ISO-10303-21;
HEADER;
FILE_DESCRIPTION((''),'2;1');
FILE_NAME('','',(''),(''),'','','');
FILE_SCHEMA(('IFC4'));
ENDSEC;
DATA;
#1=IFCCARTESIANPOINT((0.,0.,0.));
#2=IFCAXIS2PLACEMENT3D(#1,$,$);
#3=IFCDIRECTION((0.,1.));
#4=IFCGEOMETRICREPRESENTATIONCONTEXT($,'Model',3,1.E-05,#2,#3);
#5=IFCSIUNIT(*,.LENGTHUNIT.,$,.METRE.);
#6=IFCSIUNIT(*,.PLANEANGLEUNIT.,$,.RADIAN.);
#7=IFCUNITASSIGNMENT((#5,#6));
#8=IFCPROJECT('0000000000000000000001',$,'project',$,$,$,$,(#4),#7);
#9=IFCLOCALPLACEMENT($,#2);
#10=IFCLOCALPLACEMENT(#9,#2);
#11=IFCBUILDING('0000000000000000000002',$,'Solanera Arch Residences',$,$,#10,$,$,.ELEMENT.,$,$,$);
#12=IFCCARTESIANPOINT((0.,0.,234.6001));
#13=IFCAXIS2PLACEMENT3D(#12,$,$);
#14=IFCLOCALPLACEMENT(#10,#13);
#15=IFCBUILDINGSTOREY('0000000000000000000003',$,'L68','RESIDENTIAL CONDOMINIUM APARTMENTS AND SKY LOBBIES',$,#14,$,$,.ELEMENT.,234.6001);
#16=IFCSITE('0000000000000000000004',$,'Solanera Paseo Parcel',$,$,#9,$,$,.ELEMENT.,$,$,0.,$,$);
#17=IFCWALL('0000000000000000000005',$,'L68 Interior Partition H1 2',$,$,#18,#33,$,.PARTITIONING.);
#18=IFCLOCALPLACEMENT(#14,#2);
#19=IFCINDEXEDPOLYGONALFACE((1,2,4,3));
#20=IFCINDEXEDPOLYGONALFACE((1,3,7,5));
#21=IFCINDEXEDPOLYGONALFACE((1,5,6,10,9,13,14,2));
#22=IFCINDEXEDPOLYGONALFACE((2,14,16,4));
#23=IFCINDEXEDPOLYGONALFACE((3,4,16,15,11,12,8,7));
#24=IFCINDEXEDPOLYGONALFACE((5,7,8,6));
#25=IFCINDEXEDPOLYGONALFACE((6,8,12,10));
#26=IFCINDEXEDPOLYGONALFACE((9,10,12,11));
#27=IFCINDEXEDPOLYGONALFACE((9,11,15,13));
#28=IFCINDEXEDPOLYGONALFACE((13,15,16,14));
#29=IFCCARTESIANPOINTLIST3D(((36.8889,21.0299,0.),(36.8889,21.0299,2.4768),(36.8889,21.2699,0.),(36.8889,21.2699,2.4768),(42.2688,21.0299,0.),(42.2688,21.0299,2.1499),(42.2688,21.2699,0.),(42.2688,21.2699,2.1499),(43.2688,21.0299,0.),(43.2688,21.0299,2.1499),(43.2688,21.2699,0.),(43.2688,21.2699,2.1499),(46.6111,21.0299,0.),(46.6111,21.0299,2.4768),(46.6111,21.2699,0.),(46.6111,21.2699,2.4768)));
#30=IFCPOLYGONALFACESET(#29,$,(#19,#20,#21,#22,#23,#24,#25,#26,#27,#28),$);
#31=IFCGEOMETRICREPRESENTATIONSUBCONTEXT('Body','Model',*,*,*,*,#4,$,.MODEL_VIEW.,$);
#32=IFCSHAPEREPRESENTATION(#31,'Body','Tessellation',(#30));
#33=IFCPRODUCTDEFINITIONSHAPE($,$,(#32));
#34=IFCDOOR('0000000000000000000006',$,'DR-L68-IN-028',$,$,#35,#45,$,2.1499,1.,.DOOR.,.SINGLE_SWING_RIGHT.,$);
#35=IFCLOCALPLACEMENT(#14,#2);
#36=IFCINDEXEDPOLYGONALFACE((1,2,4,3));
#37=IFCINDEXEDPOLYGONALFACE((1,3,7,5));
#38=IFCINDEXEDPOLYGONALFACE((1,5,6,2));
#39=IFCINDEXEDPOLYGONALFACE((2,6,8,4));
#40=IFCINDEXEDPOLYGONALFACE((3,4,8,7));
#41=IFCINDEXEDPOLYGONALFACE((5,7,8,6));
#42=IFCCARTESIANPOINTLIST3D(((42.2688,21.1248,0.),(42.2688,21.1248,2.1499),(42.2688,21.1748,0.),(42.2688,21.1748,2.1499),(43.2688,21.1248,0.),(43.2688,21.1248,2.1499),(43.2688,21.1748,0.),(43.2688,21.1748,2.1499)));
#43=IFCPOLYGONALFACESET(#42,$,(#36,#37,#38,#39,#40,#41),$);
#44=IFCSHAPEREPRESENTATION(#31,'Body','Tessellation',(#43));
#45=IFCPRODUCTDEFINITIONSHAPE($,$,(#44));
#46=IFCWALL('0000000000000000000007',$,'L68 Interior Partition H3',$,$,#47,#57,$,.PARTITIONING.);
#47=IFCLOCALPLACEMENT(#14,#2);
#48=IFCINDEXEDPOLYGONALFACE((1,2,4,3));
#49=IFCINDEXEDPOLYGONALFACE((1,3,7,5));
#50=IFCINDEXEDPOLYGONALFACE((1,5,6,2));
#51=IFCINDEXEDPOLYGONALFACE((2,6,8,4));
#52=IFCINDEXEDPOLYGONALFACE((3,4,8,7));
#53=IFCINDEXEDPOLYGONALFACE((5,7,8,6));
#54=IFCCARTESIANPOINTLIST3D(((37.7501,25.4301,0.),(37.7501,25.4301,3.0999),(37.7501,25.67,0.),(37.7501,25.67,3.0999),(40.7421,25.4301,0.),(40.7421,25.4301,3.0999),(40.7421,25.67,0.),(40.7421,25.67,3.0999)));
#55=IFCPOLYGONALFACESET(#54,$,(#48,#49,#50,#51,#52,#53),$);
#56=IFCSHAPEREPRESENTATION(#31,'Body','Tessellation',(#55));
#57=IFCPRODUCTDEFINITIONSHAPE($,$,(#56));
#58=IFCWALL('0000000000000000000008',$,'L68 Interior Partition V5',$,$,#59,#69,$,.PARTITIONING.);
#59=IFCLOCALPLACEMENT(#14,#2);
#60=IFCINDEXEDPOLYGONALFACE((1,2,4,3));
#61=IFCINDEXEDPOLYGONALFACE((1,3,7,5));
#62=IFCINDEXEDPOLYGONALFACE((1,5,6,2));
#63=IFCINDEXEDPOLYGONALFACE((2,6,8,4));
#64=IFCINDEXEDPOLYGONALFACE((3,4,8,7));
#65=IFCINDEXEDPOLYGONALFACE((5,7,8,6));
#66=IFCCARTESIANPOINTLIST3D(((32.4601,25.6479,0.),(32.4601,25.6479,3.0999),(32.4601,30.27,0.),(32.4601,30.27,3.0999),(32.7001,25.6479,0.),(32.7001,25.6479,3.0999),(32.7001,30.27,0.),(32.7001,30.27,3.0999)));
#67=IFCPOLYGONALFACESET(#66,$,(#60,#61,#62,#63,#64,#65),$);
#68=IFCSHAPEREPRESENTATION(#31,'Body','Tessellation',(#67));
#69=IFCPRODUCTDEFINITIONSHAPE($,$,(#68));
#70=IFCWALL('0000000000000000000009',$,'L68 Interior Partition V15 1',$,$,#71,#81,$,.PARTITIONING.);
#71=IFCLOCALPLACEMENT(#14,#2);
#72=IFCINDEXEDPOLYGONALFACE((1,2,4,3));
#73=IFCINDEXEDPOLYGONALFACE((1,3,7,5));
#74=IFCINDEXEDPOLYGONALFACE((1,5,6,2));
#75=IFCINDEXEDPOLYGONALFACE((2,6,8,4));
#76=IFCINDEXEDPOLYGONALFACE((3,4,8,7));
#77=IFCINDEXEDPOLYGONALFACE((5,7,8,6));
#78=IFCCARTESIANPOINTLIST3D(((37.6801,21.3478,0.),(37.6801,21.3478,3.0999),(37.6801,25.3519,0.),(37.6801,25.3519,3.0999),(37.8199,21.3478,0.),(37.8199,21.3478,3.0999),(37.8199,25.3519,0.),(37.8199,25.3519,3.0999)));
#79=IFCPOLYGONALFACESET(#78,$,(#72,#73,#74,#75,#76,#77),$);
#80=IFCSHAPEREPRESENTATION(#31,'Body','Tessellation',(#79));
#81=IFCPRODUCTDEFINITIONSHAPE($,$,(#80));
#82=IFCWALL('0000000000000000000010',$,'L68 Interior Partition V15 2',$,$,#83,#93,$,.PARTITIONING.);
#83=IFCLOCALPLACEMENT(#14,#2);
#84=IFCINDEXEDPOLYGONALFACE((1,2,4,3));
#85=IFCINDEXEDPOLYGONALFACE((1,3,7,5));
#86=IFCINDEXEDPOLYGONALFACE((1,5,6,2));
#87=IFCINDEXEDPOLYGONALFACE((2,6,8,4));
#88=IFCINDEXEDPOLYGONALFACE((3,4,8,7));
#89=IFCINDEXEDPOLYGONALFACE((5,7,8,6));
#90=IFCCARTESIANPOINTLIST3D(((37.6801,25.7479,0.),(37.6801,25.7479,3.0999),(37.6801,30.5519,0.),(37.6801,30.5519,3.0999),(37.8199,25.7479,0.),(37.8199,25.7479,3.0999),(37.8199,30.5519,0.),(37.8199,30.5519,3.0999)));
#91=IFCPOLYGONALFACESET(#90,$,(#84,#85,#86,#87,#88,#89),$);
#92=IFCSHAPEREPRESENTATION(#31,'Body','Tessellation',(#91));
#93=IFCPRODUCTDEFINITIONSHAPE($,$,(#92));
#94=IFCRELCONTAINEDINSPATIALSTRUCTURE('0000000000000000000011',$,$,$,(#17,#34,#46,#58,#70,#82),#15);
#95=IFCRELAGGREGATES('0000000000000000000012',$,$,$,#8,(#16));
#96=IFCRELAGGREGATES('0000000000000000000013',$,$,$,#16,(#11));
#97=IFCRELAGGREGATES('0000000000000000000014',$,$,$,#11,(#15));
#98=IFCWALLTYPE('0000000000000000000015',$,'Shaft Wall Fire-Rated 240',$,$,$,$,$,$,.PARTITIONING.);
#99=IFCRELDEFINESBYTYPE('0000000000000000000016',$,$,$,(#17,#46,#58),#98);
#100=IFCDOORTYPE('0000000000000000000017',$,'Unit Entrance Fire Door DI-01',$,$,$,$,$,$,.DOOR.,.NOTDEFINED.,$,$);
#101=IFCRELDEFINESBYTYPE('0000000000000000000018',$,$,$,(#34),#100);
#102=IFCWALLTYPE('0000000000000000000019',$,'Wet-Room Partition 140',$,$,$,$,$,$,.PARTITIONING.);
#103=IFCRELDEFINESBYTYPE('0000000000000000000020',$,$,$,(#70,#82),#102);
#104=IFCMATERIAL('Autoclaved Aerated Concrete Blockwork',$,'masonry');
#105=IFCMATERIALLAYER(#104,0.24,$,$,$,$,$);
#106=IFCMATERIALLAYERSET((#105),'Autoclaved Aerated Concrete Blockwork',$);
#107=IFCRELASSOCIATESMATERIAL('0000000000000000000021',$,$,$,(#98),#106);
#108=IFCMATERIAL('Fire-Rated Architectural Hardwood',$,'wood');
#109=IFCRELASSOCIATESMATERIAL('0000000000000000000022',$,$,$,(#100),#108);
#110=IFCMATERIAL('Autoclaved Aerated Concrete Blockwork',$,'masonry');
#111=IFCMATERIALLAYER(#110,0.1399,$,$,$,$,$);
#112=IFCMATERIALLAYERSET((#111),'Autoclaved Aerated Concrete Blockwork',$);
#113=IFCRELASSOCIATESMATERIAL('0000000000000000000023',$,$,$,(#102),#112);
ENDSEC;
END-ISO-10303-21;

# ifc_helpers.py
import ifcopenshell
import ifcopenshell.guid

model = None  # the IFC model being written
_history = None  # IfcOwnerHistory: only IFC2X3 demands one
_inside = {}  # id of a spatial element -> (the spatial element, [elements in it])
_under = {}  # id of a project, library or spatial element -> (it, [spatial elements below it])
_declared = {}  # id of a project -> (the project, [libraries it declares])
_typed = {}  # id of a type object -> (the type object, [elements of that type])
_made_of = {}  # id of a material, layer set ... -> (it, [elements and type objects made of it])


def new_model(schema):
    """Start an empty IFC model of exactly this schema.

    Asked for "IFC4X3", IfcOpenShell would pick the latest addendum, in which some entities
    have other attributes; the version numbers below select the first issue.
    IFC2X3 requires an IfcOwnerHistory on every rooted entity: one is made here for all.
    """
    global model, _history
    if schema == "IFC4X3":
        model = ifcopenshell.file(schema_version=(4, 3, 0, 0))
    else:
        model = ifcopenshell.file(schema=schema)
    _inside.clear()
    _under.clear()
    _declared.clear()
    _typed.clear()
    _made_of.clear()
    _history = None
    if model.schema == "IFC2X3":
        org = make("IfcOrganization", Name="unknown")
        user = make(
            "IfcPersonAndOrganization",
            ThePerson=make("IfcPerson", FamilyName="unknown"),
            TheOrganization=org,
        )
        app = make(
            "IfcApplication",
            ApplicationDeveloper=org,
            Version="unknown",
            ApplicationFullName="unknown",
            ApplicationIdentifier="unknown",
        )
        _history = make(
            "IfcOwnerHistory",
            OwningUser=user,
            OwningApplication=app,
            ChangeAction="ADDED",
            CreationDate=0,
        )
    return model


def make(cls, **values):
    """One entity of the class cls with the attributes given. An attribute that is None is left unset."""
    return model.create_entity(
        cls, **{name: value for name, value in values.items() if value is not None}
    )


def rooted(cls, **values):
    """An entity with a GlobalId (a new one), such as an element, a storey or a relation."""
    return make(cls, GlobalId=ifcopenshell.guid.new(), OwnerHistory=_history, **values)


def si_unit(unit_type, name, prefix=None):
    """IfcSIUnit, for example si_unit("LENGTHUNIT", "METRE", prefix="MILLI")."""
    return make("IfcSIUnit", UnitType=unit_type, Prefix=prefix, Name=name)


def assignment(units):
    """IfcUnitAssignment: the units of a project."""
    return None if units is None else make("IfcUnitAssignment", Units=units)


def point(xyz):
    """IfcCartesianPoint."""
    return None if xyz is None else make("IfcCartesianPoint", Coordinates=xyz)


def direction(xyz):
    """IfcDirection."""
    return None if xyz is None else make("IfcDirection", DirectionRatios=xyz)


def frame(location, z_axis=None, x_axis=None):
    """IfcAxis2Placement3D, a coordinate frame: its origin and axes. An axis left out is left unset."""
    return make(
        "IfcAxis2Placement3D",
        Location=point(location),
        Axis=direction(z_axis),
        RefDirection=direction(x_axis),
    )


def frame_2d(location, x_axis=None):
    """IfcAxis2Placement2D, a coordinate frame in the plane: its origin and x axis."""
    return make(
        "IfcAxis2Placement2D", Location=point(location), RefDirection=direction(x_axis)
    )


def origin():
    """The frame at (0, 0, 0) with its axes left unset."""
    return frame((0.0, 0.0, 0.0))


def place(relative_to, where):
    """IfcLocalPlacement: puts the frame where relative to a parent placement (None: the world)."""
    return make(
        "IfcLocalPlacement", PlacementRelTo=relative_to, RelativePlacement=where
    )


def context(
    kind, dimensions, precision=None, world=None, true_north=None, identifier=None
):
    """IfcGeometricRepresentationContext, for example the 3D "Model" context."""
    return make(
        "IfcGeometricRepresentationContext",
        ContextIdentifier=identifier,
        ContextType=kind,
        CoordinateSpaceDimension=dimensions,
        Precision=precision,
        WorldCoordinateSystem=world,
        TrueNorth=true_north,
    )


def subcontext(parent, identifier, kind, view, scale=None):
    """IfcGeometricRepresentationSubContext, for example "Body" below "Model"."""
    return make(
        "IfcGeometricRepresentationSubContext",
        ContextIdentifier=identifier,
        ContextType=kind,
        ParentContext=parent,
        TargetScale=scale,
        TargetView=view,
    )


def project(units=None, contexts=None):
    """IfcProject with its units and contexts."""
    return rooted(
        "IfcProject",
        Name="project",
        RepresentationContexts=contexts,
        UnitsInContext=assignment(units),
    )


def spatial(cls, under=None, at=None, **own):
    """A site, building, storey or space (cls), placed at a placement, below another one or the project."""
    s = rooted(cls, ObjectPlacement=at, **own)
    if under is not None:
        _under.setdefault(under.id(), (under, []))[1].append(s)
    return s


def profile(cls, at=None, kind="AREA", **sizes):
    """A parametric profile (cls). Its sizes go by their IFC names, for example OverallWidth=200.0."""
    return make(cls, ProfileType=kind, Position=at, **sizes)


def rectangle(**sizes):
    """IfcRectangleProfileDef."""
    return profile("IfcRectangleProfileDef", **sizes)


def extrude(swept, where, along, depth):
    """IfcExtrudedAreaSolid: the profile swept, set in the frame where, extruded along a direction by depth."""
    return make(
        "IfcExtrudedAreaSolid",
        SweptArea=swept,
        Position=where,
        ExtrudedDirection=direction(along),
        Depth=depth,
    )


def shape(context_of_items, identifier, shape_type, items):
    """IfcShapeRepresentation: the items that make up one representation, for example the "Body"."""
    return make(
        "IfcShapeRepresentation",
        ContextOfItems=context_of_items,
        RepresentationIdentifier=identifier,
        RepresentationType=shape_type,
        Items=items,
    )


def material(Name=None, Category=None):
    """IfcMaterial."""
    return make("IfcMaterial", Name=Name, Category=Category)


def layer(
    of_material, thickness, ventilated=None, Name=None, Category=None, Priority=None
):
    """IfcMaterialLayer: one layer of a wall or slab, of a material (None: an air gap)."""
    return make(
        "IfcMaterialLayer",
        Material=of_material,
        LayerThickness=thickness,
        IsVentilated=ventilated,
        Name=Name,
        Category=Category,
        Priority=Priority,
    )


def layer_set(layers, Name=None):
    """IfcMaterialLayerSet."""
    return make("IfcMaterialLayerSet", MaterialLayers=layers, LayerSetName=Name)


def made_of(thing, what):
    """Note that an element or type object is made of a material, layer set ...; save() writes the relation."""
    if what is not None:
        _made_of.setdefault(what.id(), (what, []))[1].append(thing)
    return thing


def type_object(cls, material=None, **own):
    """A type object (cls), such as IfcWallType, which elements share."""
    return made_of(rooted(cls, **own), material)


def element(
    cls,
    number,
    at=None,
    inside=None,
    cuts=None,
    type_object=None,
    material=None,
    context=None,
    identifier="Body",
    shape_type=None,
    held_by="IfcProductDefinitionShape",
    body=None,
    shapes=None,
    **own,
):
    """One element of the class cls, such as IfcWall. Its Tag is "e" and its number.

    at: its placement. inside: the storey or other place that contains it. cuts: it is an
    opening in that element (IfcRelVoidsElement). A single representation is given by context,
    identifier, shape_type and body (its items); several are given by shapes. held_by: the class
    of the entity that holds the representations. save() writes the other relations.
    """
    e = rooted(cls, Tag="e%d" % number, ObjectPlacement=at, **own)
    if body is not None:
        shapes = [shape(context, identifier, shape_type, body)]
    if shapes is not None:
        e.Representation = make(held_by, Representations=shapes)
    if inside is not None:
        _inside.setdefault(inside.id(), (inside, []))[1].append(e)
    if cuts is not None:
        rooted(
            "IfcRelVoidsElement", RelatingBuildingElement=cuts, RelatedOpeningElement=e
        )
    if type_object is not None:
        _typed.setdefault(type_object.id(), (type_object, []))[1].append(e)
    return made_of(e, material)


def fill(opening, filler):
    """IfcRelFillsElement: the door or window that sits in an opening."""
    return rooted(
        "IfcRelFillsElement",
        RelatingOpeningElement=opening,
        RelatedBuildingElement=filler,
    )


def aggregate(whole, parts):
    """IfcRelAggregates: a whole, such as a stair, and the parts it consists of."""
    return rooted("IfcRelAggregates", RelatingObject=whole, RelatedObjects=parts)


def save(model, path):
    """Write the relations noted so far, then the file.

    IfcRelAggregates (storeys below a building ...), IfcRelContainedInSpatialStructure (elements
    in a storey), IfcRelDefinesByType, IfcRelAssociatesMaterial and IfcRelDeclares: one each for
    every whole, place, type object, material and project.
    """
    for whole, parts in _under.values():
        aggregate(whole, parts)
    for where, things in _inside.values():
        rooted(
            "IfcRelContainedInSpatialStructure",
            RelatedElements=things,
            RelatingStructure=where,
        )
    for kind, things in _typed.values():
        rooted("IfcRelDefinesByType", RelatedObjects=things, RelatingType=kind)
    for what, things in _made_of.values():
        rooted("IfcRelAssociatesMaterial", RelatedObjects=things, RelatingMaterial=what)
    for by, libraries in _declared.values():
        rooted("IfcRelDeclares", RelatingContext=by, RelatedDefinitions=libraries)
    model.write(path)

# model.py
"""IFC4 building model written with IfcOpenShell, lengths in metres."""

from ifc_helpers import new_model, si_unit, direction, frame, frame_2d, origin, place, context, subcontext, project, spatial, rectangle, extrude, material, layer, layer_set, type_object, element, fill, save


model = new_model("IFC4")

# Units and contexts
model_context = context("Model", 3, precision=1e-05, world=origin(), true_north=direction((0.0, 1.0)))
body_context = subcontext(model_context, "Body", "Model", "MODEL_VIEW")
ifc_project = project(units=[si_unit("LENGTHUNIT", "METRE"), si_unit("PLANEANGLEUNIT", "RADIAN")], contexts=[model_context])

# Site, building, storey
site_placement = place(None, origin())
site = spatial("IfcSite", under=ifc_project, at=site_placement, Name="Solanera Paseo Parcel", CompositionType="ELEMENT", RefElevation=0.0)
building_placement = place(site_placement, origin())
building = spatial("IfcBuilding", under=site, at=building_placement, Name="Solanera Arch Residences", CompositionType="ELEMENT")
storey_placement = place(building_placement, frame((0.0, 0.0, 234.6001)))
storey = spatial("IfcBuildingStorey", under=building, at=storey_placement, Name="L68", Description="RESIDENTIAL CONDOMINIUM APARTMENTS AND SKY LOBBIES", CompositionType="ELEMENT", Elevation=234.6001)

# Shared definitions
ifc_material_1 = material(Name="Autoclaved Aerated Concrete Blockwork", Category="masonry")
ifc_layer_1 = layer(ifc_material_1, 0.24)
ifc_layer_set_1 = layer_set([ifc_layer_1], Name="Autoclaved Aerated Concrete Blockwork")
wall_type_1 = type_object("IfcWallType", Name="Shaft Wall Fire-Rated 240", PredefinedType="PARTITIONING", material=ifc_layer_set_1)

# Wall, opening, door
wall_1_placement = place(storey_placement, frame((36.8889, 21.1499, 0.0), z_axis=(0.0, 0.0, 1.0), x_axis=(1.0, 0.0, 0.0)))
wall_1 = element("IfcWall", 1, at=wall_1_placement, inside=storey, type_object=wall_type_1, Name="L68 Interior Partition H1 2", PredefinedType="PARTITIONING", context=body_context, shape_type="SweptSolid", body=[
    extrude(rectangle(XDim=9.7222, YDim=0.24, at=frame_2d((4.8611, 0.0))), origin(), (0.0, 0.0, 1.0), 2.4768),
])
opening_1_placement = place(wall_1_placement, frame((5.3799, 0.0, 0.0)))
opening_1 = element("IfcOpeningElement", 2, at=opening_1_placement, cuts=wall_1, PredefinedType="OPENING", context=body_context, shape_type="SweptSolid", body=[
    extrude(rectangle(XDim=1.0, YDim=2.1499, at=frame_2d((0.5, 1.075))), frame((0.0, 0.1299, 0.0), z_axis=(0.0, -1.0, 0.0), x_axis=(1.0, 0.0, 0.0)), (0.0, 0.0, 1.0), 0.26),
])
ifc_material_2 = material(Name="Fire-Rated Architectural Hardwood", Category="wood")
door_type_1 = type_object("IfcDoorType", Name="Unit Entrance Fire Door DI-01", OperationType="NOTDEFINED", PredefinedType="DOOR", material=ifc_material_2)
door_1_placement = place(opening_1_placement, origin())
door_1 = element("IfcDoor", 3, at=door_1_placement, inside=storey, type_object=door_type_1, Name="DR-L68-IN-028", OperationType="SINGLE_SWING_RIGHT", OverallHeight=2.1499, OverallWidth=1.0, PredefinedType="DOOR", context=body_context, shape_type="SweptSolid", body=[
    extrude(rectangle(XDim=1.0, YDim=2.1499, at=frame_2d((0.5, 1.075))), frame((0.0, 0.0249, 0.0), z_axis=(0.0, -1.0, 0.0), x_axis=(1.0, 0.0, 0.0)), (0.0, 0.0, 1.0), 0.05),
])
fill(opening_1, door_1)

# Wall
wall_2_placement = place(storey_placement, frame((37.75, 25.55, 0.0), z_axis=(0.0, 0.0, 1.0), x_axis=(1.0, 0.0, 0.0)))
element("IfcWall", 4, at=wall_2_placement, inside=storey, type_object=wall_type_1, Name="L68 Interior Partition H3", PredefinedType="PARTITIONING", context=body_context, shape_type="SweptSolid", body=[
    extrude(rectangle(XDim=2.9919, YDim=0.24, at=frame_2d((1.4961, 0.0))), origin(), (0.0, 0.0, 1.0), 3.0999),
])

# Walls
wall_3_placement = place(storey_placement, frame((32.5801, 25.6479, 0.0), z_axis=(0.0, 0.0, 1.0), x_axis=(0.0, 1.0, 0.0)))
element("IfcWall", 5, at=wall_3_placement, inside=storey, type_object=wall_type_1, Name="L68 Interior Partition V5", PredefinedType="PARTITIONING", context=body_context, shape_type="SweptSolid", body=[
    extrude(rectangle(XDim=4.6221, YDim=0.24, at=frame_2d((2.311, 0.0))), origin(), (0.0, 0.0, 1.0), 3.0999),
])
ifc_material_3 = material(Name="Autoclaved Aerated Concrete Blockwork", Category="masonry")
ifc_layer_2 = layer(ifc_material_3, 0.1399)
ifc_layer_set_2 = layer_set([ifc_layer_2], Name="Autoclaved Aerated Concrete Blockwork")
wall_type_2 = type_object("IfcWallType", Name="Wet-Room Partition 140", PredefinedType="PARTITIONING", material=ifc_layer_set_2)
wall_4_placement = place(storey_placement, frame((37.75, 21.3479, 0.0), z_axis=(0.0, 0.0, 1.0), x_axis=(0.0, 1.0, 0.0)))
element("IfcWall", 6, at=wall_4_placement, inside=storey, type_object=wall_type_2, Name="L68 Interior Partition V15 1", PredefinedType="PARTITIONING", context=body_context, shape_type="SweptSolid", body=[
    extrude(rectangle(XDim=4.0042, YDim=0.1399, at=frame_2d((2.002, 0.0))), origin(), (0.0, 0.0, 1.0), 3.0999),
])
wall_5_placement = place(storey_placement, frame((37.75, 25.748, 0.0), z_axis=(0.0, 0.0, 1.0), x_axis=(0.0, 1.0, 0.0)))
element("IfcWall", 7, at=wall_5_placement, inside=storey, type_object=wall_type_2, Name="L68 Interior Partition V15 2", PredefinedType="PARTITIONING", context=body_context, shape_type="SweptSolid", body=[
    extrude(rectangle(XDim=4.804, YDim=0.1399, at=frame_2d((2.4019, 0.0))), origin(), (0.0, 0.0, 1.0), 3.0999),
])

save(model, "model.ifc")
